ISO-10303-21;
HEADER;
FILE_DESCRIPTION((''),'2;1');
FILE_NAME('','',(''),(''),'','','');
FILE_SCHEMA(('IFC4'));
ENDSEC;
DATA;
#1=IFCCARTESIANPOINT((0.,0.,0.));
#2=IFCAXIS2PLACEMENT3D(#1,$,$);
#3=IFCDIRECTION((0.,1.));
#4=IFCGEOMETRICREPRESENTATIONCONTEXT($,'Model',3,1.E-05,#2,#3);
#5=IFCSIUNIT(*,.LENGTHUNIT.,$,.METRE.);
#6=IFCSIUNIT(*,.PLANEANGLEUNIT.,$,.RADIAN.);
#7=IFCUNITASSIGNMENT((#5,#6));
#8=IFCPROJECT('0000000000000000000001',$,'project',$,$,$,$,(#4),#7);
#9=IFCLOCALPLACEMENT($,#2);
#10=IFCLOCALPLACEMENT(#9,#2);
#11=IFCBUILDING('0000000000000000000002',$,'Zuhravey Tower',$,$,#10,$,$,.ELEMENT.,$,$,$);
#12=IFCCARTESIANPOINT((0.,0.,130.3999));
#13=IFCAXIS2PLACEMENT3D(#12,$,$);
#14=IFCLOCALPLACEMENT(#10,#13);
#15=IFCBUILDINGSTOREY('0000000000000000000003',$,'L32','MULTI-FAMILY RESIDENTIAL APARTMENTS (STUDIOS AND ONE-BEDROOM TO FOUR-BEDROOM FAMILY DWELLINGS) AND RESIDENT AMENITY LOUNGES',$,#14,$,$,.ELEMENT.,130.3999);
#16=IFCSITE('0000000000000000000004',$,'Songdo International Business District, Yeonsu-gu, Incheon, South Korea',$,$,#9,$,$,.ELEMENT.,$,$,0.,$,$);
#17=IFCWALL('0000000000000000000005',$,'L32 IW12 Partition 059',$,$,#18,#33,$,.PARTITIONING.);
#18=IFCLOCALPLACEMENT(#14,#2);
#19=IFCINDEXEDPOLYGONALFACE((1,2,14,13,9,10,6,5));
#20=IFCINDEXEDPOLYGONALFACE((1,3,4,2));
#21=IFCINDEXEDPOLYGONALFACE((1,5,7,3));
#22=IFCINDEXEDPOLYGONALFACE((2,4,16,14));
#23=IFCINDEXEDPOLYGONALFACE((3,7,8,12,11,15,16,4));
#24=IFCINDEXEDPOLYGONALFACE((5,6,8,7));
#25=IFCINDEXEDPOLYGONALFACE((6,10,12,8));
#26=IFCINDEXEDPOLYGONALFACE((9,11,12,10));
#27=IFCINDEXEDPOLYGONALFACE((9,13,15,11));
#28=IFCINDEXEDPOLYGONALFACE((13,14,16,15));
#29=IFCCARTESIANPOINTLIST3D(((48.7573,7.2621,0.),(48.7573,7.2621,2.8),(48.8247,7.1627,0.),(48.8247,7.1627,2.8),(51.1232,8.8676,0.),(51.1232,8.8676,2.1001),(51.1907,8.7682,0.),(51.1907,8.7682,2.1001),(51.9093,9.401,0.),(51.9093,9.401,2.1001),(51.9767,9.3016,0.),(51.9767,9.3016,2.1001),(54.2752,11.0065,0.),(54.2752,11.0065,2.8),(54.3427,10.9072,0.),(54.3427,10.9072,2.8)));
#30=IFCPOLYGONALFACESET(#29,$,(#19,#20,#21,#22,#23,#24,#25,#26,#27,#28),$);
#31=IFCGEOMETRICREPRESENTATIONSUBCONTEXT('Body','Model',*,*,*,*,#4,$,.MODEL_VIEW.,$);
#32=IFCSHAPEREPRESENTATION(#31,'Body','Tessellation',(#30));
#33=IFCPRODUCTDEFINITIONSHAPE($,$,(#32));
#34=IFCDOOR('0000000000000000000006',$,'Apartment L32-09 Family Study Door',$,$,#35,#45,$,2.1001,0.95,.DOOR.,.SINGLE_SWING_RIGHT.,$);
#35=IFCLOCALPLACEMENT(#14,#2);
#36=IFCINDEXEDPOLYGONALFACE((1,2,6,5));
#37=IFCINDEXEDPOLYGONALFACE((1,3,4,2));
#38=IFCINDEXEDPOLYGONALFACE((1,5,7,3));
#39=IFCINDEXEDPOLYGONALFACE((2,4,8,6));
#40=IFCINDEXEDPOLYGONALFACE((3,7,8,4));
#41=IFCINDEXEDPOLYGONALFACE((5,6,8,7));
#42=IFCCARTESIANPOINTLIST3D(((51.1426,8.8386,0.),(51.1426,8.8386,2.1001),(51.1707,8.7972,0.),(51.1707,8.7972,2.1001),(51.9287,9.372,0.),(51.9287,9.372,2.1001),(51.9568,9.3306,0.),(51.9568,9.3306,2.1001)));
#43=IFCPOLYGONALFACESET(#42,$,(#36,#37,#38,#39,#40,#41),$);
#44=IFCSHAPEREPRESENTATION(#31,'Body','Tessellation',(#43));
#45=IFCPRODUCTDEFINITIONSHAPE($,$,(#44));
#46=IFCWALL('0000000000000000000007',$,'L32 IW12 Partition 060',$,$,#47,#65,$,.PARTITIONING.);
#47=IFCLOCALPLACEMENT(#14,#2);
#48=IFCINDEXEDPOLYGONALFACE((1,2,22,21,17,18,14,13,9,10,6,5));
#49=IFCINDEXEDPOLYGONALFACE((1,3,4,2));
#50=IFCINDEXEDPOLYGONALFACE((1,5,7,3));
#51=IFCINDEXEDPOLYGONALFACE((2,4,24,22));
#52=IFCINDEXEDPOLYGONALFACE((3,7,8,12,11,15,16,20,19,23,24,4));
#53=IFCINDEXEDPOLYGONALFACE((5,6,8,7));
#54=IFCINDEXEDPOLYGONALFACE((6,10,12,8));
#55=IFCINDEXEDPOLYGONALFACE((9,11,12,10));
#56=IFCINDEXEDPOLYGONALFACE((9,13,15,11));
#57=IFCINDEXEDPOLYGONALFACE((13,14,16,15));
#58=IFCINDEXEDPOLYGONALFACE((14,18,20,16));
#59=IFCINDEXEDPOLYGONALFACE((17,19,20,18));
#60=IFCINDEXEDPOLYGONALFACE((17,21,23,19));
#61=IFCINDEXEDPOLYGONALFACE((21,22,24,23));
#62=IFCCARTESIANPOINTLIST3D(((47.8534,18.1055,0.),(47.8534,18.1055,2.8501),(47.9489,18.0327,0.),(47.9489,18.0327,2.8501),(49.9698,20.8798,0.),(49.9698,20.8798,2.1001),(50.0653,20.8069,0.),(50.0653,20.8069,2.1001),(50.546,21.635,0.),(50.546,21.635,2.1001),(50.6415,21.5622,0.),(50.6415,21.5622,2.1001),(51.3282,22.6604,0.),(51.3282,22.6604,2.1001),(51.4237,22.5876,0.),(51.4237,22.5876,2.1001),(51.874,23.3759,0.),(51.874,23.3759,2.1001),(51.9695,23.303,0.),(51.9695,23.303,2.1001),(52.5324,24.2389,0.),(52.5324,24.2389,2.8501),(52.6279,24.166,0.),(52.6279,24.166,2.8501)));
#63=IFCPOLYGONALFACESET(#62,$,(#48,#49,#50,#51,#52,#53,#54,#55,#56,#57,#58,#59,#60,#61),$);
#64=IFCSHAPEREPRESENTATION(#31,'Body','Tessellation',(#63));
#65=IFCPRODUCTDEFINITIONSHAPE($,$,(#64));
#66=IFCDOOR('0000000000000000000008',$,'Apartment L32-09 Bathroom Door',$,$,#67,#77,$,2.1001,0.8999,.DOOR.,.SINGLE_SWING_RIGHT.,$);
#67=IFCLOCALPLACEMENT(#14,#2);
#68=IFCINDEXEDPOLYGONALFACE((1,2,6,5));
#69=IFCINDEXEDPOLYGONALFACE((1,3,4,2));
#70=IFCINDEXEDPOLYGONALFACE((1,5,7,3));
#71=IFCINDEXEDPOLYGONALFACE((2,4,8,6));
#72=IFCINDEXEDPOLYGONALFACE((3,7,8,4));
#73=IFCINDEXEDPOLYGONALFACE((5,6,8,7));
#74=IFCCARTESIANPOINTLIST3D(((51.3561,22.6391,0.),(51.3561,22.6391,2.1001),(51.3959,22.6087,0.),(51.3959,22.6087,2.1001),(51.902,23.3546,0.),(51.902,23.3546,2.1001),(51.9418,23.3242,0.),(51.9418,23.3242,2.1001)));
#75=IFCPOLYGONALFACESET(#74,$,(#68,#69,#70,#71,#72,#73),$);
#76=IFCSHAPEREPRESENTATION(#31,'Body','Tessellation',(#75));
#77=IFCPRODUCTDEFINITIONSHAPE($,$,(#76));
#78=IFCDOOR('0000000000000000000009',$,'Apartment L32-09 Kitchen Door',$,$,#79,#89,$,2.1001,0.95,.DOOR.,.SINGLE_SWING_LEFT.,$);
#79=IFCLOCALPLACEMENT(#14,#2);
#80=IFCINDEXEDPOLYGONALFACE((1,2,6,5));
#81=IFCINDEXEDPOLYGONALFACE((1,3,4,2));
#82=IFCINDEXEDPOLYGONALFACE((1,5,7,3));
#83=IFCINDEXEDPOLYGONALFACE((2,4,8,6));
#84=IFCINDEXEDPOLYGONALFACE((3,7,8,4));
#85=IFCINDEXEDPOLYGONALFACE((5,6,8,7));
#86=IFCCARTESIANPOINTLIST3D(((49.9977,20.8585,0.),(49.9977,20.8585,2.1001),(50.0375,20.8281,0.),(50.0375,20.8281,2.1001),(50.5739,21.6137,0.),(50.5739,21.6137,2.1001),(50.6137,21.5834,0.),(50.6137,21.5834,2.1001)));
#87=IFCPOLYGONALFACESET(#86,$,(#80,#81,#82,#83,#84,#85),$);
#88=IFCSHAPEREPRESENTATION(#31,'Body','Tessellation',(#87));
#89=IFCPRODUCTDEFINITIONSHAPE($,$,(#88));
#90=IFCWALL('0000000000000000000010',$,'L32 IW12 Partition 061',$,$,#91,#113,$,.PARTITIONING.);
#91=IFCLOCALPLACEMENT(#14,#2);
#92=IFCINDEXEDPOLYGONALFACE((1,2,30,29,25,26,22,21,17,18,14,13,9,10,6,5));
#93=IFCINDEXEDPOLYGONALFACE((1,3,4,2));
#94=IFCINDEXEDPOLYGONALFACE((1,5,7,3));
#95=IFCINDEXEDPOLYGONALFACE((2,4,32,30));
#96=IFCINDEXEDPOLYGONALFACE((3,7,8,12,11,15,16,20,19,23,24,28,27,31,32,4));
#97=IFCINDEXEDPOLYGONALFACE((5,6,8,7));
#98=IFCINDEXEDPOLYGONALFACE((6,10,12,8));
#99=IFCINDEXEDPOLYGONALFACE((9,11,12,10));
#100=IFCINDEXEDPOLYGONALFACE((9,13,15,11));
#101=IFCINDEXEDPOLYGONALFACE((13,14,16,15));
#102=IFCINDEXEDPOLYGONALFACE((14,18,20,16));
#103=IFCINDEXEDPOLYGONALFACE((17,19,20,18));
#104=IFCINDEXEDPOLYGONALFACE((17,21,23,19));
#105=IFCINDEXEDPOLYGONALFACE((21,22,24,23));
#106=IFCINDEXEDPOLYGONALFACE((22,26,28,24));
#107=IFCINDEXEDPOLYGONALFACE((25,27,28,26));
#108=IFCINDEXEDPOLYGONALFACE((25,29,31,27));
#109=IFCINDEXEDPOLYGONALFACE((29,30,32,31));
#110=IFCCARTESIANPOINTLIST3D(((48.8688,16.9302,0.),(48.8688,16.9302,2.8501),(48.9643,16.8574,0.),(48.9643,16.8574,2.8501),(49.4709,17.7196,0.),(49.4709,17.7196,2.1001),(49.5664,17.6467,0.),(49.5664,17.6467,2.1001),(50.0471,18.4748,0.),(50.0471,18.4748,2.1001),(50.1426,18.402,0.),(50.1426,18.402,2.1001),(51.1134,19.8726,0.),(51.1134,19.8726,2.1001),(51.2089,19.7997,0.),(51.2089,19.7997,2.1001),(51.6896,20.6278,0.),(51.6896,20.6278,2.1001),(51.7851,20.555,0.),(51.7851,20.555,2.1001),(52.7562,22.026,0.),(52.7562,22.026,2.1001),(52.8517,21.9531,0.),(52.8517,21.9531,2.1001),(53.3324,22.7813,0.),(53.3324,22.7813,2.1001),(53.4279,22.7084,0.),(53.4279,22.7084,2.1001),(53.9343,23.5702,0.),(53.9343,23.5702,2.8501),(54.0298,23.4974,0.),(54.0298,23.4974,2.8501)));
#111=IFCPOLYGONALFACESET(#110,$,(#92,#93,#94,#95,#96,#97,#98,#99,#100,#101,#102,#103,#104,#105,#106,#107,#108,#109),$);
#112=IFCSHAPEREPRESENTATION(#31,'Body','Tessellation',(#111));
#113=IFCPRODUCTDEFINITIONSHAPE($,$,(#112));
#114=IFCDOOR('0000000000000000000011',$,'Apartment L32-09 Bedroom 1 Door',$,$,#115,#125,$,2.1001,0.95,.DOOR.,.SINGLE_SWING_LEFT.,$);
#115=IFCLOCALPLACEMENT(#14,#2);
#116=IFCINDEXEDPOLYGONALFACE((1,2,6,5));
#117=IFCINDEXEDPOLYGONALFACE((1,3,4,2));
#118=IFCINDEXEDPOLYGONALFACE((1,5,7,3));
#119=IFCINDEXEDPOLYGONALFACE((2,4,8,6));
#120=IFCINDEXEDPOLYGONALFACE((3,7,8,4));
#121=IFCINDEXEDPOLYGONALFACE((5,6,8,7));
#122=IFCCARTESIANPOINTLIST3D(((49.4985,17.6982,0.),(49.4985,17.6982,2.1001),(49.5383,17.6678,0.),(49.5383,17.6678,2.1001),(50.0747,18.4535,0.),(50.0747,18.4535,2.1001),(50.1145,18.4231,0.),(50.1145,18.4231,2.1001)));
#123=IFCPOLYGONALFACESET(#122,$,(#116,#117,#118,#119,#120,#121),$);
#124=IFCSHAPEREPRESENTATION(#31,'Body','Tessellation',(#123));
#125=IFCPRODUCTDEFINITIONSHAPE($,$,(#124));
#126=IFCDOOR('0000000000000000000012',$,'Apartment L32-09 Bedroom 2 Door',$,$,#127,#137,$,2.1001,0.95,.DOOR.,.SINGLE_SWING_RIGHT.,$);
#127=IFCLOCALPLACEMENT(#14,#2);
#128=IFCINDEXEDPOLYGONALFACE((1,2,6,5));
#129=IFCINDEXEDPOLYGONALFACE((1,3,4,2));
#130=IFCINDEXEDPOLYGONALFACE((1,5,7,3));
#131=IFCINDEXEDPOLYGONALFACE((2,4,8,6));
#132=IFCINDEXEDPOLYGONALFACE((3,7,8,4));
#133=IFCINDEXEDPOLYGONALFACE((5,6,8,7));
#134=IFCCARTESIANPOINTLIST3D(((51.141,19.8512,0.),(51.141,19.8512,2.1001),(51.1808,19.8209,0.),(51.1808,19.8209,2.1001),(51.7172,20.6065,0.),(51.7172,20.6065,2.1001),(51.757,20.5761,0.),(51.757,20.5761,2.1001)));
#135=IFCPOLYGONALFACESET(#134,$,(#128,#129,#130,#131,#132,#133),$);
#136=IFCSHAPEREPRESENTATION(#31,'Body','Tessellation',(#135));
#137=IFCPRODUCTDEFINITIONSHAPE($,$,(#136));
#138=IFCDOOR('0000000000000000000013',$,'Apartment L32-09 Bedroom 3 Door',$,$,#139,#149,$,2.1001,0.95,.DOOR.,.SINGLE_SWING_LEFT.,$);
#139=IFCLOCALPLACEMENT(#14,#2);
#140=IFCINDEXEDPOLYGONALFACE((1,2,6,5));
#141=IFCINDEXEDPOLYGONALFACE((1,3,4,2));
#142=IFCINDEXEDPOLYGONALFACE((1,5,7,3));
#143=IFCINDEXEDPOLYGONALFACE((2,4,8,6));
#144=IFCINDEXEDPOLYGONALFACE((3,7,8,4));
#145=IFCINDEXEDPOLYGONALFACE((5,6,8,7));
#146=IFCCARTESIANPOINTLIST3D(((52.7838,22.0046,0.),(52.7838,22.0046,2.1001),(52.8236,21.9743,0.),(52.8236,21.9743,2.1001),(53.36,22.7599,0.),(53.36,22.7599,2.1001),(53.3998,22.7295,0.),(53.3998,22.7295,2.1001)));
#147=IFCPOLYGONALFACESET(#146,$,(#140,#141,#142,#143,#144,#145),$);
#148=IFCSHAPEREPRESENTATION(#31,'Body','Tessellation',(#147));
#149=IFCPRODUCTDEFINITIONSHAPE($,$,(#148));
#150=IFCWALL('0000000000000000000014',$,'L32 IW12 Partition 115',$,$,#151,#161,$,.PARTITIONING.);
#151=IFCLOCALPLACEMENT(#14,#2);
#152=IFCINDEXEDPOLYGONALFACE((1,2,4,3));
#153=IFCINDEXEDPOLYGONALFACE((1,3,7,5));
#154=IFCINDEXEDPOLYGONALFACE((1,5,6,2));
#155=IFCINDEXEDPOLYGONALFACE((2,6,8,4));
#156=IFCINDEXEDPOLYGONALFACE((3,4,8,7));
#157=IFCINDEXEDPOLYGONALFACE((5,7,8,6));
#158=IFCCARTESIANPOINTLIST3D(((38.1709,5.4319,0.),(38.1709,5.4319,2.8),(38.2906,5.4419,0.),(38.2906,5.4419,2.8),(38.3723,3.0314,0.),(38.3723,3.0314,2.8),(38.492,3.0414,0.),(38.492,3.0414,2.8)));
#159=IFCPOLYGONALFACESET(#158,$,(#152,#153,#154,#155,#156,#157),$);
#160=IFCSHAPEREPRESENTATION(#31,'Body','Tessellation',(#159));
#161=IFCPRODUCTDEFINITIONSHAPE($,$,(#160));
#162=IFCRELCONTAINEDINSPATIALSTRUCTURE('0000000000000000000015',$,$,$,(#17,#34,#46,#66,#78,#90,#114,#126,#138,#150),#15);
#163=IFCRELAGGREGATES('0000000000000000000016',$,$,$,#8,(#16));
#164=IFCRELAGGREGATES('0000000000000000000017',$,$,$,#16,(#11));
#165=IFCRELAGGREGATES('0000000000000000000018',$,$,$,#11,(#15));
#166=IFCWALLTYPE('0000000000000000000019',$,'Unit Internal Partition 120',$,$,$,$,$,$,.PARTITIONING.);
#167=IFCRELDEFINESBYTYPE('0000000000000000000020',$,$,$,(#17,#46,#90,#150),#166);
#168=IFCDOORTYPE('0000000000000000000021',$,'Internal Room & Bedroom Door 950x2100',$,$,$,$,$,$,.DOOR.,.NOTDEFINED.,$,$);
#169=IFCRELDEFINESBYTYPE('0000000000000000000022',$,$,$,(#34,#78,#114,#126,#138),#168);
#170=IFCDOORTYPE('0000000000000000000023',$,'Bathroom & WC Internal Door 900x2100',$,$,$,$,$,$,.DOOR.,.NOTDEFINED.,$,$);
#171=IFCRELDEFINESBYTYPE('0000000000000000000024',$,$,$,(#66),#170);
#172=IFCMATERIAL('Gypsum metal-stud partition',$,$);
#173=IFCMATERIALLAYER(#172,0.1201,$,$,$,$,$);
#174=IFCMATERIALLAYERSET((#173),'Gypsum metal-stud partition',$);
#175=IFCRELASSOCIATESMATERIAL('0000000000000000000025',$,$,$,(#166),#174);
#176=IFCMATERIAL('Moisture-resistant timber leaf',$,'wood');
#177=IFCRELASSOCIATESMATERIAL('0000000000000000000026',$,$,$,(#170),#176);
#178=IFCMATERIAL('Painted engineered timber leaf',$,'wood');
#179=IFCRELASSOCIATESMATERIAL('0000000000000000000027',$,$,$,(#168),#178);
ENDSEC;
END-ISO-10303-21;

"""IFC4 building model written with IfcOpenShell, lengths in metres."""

from ifc_helpers import new_model, si_unit, direction, frame, frame_2d, origin, place, context, subcontext, project, spatial, rectangle, extrude, material, layer, layer_set, type_object, element, fill, save


model = new_model("IFC4")

# Units and contexts
model_context = context("Model", 3, precision=1e-05, world=origin(), true_north=direction((0.0, 1.0)))
body_context = subcontext(model_context, "Body", "Model", "MODEL_VIEW")
ifc_project = project(units=[si_unit("LENGTHUNIT", "METRE"), si_unit("PLANEANGLEUNIT", "RADIAN")], contexts=[model_context])

# Site, building, storey
site_placement = place(None, origin())
site = spatial("IfcSite", under=ifc_project, at=site_placement, Name="Songdo International Business District, Yeonsu-gu, Incheon, South Korea", CompositionType="ELEMENT", RefElevation=0.0)
building_placement = place(site_placement, origin())
building = spatial("IfcBuilding", under=site, at=building_placement, Name="Zuhravey Tower", CompositionType="ELEMENT")
storey_placement = place(building_placement, frame((0.0, 0.0, 130.3999)))
storey = spatial("IfcBuildingStorey", under=building, at=storey_placement, Name="L32", Description="MULTI-FAMILY RESIDENTIAL APARTMENTS (STUDIOS AND ONE-BEDROOM TO FOUR-BEDROOM FAMILY DWELLINGS) AND RESIDENT AMENITY LOUNGES", CompositionType="ELEMENT", Elevation=130.3999)

# Wall, opening, door
ifc_material_1 = material(Name="Gypsum metal-stud partition")
ifc_layer_1 = layer(ifc_material_1, 0.1201)
ifc_layer_set_1 = layer_set([ifc_layer_1], Name="Gypsum metal-stud partition")
wall_type = type_object("IfcWallType", Name="Unit Internal Partition 120", PredefinedType="PARTITIONING", material=ifc_layer_set_1)
ifc_material_2 = material(Name="Moisture-resistant timber leaf", Category="wood")
door_type_1 = type_object("IfcDoorType", Name="Bathroom & WC Internal Door 900x2100", OperationType="NOTDEFINED", PredefinedType="DOOR", material=ifc_material_2)
ifc_material_3 = material(Name="Painted engineered timber leaf", Category="wood")
door_type_2 = type_object("IfcDoorType", Name="Internal Room & Bedroom Door 950x2100", OperationType="NOTDEFINED", PredefinedType="DOOR", material=ifc_material_3)
wall_1_placement = place(storey_placement, frame((48.791, 7.2124, 0.0), z_axis=(0.0, 0.0, 1.0), x_axis=(0.827465, 0.561517, 0.0)))
wall_1 = element("IfcWall", 1, at=wall_1_placement, inside=storey, type_object=wall_type, Name="L32 IW12 Partition 059", PredefinedType="PARTITIONING", context=body_context, shape_type="SweptSolid", body=[
    extrude(rectangle(XDim=6.6685, YDim=0.1201, at=frame_2d((3.3342, 0.0))), origin(), (0.0, 0.0, 1.0), 2.8),
])
opening_1_placement = place(wall_1_placement, frame((2.8591, 0.0, 0.0)))
opening_1 = element("IfcOpeningElement", 2, at=opening_1_placement, cuts=wall_1, PredefinedType="OPENING", context=body_context, shape_type="SweptSolid", body=[
    extrude(rectangle(XDim=0.95, YDim=2.1001, at=frame_2d((0.4751, 1.05))), frame((0.0, 0.072, 0.0), z_axis=(0.0, -1.0, 0.0), x_axis=(1.0, 0.0, 0.0)), (0.0, 0.0, 1.0), 0.144),
])
door_1_placement = place(opening_1_placement, frame((0.95, 0.0, 0.0), z_axis=(0.0, 0.0, 1.0), x_axis=(-1.0, 0.0, 0.0)))
door_1 = element("IfcDoor", 3, at=door_1_placement, inside=storey, type_object=door_type_2, Name="Apartment L32-09 Family Study Door", OperationType="SINGLE_SWING_RIGHT", OverallHeight=2.1001, OverallWidth=0.95, PredefinedType="DOOR", context=body_context, shape_type="SweptSolid", body=[
    extrude(rectangle(XDim=0.95, YDim=2.1001, at=frame_2d((0.4751, 1.05))), frame((0.0, 0.0249, 0.0), z_axis=(0.0, -1.0, 0.0), x_axis=(1.0, 0.0, 0.0)), (0.0, 0.0, 1.0), 0.05),
])
fill(opening_1, door_1)

# Walls, openings, doors
wall_2_placement = place(storey_placement, frame((47.9011, 18.0691, 0.0), z_axis=(0.0, 0.0, 1.0), x_axis=(0.606532, 0.795059, 0.0)))
wall_2 = element("IfcWall", 4, at=wall_2_placement, inside=storey, type_object=wall_type, Name="L32 IW12 Partition 060", PredefinedType="PARTITIONING", context=body_context, shape_type="SweptSolid", body=[
    extrude(rectangle(XDim=7.7144, YDim=0.1201, at=frame_2d((3.8572, 0.0))), origin(), (0.0, 0.0, 1.0), 2.8501),
])
opening_2_placement = place(wall_2_placement, frame((3.4893, 0.0, 0.0)))
opening_2 = element("IfcOpeningElement", 5, at=opening_2_placement, cuts=wall_2, PredefinedType="OPENING", context=body_context, shape_type="SweptSolid", body=[
    extrude(rectangle(XDim=0.95, YDim=2.1001, at=frame_2d((0.4751, 1.05))), frame((0.0, 0.072, 0.0), z_axis=(0.0, -1.0, 0.0), x_axis=(1.0, 0.0, 0.0)), (0.0, 0.0, 1.0), 0.144),
])
opening_3_placement = place(wall_2_placement, frame((5.729, 0.0, 0.0)))
opening_3 = element("IfcOpeningElement", 6, at=opening_3_placement, cuts=wall_2, PredefinedType="OPENING", context=body_context, shape_type="SweptSolid", body=[
    extrude(rectangle(XDim=0.8999, YDim=2.1001, at=frame_2d((0.45, 1.05))), frame((0.0, 0.072, 0.0), z_axis=(0.0, -1.0, 0.0), x_axis=(1.0, 0.0, 0.0)), (0.0, 0.0, 1.0), 0.144),
])
door_2_placement = place(opening_3_placement, origin())
door_2 = element("IfcDoor", 7, at=door_2_placement, inside=storey, type_object=door_type_1, Name="Apartment L32-09 Bathroom Door", OperationType="SINGLE_SWING_RIGHT", OverallHeight=2.1001, OverallWidth=0.8999, PredefinedType="DOOR", context=body_context, shape_type="SweptSolid", body=[
    extrude(rectangle(XDim=0.8999, YDim=2.1001, at=frame_2d((0.45, 1.05))), frame((0.0, 0.0249, 0.0), z_axis=(0.0, -1.0, 0.0), x_axis=(1.0, 0.0, 0.0)), (0.0, 0.0, 1.0), 0.05),
])
fill(opening_3, door_2)
door_3_placement = place(opening_2_placement, origin())
door_3 = element("IfcDoor", 8, at=door_3_placement, inside=storey, type_object=door_type_2, Name="Apartment L32-09 Kitchen Door", OperationType="SINGLE_SWING_LEFT", OverallHeight=2.1001, OverallWidth=0.95, PredefinedType="DOOR", context=body_context, shape_type="SweptSolid", body=[
    extrude(rectangle(XDim=0.95, YDim=2.1001, at=frame_2d((0.4751, 1.05))), frame((0.0, 0.0249, 0.0), z_axis=(0.0, -1.0, 0.0), x_axis=(1.0, 0.0, 0.0)), (0.0, 0.0, 1.0), 0.05),
])
fill(opening_2, door_3)
wall_3_placement = place(storey_placement, frame((48.9165, 16.8938, 0.0), z_axis=(0.0, 0.0, 1.0), x_axis=(0.606533, 0.795058, 0.0)))
wall_3 = element("IfcWall", 9, at=wall_3_placement, inside=storey, type_object=wall_type, Name="L32 IW12 Partition 061", PredefinedType="PARTITIONING", context=body_context, shape_type="SweptSolid", body=[
    extrude(rectangle(XDim=8.3516, YDim=0.1201, at=frame_2d((4.1758, 0.0))), origin(), (0.0, 0.0, 1.0), 2.8501),
])
opening_4_placement = place(wall_3_placement, frame((0.9927, 0.0, 0.0)))
opening_4 = element("IfcOpeningElement", 10, at=opening_4_placement, cuts=wall_3, PredefinedType="OPENING", context=body_context, shape_type="SweptSolid", body=[
    extrude(rectangle(XDim=0.95, YDim=2.1001, at=frame_2d((0.4751, 1.05))), frame((0.0, 0.072, 0.0), z_axis=(0.0, -1.0, 0.0), x_axis=(1.0, 0.0, 0.0)), (0.0, 0.0, 1.0), 0.144),
])
opening_5_placement = place(wall_3_placement, frame((3.7007, 0.0, 0.0)))
opening_5 = element("IfcOpeningElement", 11, at=opening_5_placement, cuts=wall_3, PredefinedType="OPENING", context=body_context, shape_type="SweptSolid", body=[
    extrude(rectangle(XDim=0.95, YDim=2.1001, at=frame_2d((0.4751, 1.05))), frame((0.0, 0.072, 0.0), z_axis=(0.0, -1.0, 0.0), x_axis=(1.0, 0.0, 0.0)), (0.0, 0.0, 1.0), 0.144),
])
opening_6_placement = place(wall_3_placement, frame((6.4092, 0.0, 0.0)))
opening_6 = element("IfcOpeningElement", 12, at=opening_6_placement, cuts=wall_3, PredefinedType="OPENING", context=body_context, shape_type="SweptSolid", body=[
    extrude(rectangle(XDim=0.95, YDim=2.1001, at=frame_2d((0.4751, 1.05))), frame((0.0, 0.072, 0.0), z_axis=(0.0, -1.0, 0.0), x_axis=(1.0, 0.0, 0.0)), (0.0, 0.0, 1.0), 0.144),
])
door_4_placement = place(opening_4_placement, frame((0.95, 0.0, 0.0), z_axis=(0.0, 0.0, 1.0), x_axis=(-1.0, 0.0, 0.0)))
door_4 = element("IfcDoor", 13, at=door_4_placement, inside=storey, type_object=door_type_2, Name="Apartment L32-09 Bedroom 1 Door", OperationType="SINGLE_SWING_LEFT", OverallHeight=2.1001, OverallWidth=0.95, PredefinedType="DOOR", context=body_context, shape_type="SweptSolid", body=[
    extrude(rectangle(XDim=0.95, YDim=2.1001, at=frame_2d((0.4751, 1.05))), frame((0.0, 0.0249, 0.0), z_axis=(0.0, -1.0, 0.0), x_axis=(1.0, 0.0, 0.0)), (0.0, 0.0, 1.0), 0.05),
])
fill(opening_4, door_4)
door_5_placement = place(opening_5_placement, frame((0.95, 0.0, 0.0), z_axis=(0.0, 0.0, 1.0), x_axis=(-1.0, 0.0, 0.0)))
door_5 = element("IfcDoor", 14, at=door_5_placement, inside=storey, type_object=door_type_2, Name="Apartment L32-09 Bedroom 2 Door", OperationType="SINGLE_SWING_RIGHT", OverallHeight=2.1001, OverallWidth=0.95, PredefinedType="DOOR", context=body_context, shape_type="SweptSolid", body=[
    extrude(rectangle(XDim=0.95, YDim=2.1001, at=frame_2d((0.4751, 1.05))), frame((0.0, 0.0249, 0.0), z_axis=(0.0, -1.0, 0.0), x_axis=(1.0, 0.0, 0.0)), (0.0, 0.0, 1.0), 0.05),
])
fill(opening_5, door_5)
door_6_placement = place(opening_6_placement, frame((0.95, 0.0, 0.0), z_axis=(0.0, 0.0, 1.0), x_axis=(-1.0, 0.0, 0.0)))
door_6 = element("IfcDoor", 15, at=door_6_placement, inside=storey, type_object=door_type_2, Name="Apartment L32-09 Bedroom 3 Door", OperationType="SINGLE_SWING_LEFT", OverallHeight=2.1001, OverallWidth=0.95, PredefinedType="DOOR", context=body_context, shape_type="SweptSolid", body=[
    extrude(rectangle(XDim=0.95, YDim=2.1001, at=frame_2d((0.4751, 1.05))), frame((0.0, 0.0249, 0.0), z_axis=(0.0, -1.0, 0.0), x_axis=(1.0, 0.0, 0.0)), (0.0, 0.0, 1.0), 0.05),
])
fill(opening_6, door_6)

# Wall
wall_4_placement = place(storey_placement, frame((38.2307, 5.437, 0.0), z_axis=(0.0, 0.0, 1.0), x_axis=(0.083616, -0.996498, 0.0)))
element("IfcWall", 16, at=wall_4_placement, inside=storey, type_object=wall_type, Name="L32 IW12 Partition 115", PredefinedType="PARTITIONING", context=body_context, shape_type="SweptSolid", body=[
    extrude(rectangle(XDim=2.4089, YDim=0.1201, at=frame_2d((1.2046, 0.0))), origin(), (0.0, 0.0, 1.0), 2.8),
])

save(model, "model.ifc")
